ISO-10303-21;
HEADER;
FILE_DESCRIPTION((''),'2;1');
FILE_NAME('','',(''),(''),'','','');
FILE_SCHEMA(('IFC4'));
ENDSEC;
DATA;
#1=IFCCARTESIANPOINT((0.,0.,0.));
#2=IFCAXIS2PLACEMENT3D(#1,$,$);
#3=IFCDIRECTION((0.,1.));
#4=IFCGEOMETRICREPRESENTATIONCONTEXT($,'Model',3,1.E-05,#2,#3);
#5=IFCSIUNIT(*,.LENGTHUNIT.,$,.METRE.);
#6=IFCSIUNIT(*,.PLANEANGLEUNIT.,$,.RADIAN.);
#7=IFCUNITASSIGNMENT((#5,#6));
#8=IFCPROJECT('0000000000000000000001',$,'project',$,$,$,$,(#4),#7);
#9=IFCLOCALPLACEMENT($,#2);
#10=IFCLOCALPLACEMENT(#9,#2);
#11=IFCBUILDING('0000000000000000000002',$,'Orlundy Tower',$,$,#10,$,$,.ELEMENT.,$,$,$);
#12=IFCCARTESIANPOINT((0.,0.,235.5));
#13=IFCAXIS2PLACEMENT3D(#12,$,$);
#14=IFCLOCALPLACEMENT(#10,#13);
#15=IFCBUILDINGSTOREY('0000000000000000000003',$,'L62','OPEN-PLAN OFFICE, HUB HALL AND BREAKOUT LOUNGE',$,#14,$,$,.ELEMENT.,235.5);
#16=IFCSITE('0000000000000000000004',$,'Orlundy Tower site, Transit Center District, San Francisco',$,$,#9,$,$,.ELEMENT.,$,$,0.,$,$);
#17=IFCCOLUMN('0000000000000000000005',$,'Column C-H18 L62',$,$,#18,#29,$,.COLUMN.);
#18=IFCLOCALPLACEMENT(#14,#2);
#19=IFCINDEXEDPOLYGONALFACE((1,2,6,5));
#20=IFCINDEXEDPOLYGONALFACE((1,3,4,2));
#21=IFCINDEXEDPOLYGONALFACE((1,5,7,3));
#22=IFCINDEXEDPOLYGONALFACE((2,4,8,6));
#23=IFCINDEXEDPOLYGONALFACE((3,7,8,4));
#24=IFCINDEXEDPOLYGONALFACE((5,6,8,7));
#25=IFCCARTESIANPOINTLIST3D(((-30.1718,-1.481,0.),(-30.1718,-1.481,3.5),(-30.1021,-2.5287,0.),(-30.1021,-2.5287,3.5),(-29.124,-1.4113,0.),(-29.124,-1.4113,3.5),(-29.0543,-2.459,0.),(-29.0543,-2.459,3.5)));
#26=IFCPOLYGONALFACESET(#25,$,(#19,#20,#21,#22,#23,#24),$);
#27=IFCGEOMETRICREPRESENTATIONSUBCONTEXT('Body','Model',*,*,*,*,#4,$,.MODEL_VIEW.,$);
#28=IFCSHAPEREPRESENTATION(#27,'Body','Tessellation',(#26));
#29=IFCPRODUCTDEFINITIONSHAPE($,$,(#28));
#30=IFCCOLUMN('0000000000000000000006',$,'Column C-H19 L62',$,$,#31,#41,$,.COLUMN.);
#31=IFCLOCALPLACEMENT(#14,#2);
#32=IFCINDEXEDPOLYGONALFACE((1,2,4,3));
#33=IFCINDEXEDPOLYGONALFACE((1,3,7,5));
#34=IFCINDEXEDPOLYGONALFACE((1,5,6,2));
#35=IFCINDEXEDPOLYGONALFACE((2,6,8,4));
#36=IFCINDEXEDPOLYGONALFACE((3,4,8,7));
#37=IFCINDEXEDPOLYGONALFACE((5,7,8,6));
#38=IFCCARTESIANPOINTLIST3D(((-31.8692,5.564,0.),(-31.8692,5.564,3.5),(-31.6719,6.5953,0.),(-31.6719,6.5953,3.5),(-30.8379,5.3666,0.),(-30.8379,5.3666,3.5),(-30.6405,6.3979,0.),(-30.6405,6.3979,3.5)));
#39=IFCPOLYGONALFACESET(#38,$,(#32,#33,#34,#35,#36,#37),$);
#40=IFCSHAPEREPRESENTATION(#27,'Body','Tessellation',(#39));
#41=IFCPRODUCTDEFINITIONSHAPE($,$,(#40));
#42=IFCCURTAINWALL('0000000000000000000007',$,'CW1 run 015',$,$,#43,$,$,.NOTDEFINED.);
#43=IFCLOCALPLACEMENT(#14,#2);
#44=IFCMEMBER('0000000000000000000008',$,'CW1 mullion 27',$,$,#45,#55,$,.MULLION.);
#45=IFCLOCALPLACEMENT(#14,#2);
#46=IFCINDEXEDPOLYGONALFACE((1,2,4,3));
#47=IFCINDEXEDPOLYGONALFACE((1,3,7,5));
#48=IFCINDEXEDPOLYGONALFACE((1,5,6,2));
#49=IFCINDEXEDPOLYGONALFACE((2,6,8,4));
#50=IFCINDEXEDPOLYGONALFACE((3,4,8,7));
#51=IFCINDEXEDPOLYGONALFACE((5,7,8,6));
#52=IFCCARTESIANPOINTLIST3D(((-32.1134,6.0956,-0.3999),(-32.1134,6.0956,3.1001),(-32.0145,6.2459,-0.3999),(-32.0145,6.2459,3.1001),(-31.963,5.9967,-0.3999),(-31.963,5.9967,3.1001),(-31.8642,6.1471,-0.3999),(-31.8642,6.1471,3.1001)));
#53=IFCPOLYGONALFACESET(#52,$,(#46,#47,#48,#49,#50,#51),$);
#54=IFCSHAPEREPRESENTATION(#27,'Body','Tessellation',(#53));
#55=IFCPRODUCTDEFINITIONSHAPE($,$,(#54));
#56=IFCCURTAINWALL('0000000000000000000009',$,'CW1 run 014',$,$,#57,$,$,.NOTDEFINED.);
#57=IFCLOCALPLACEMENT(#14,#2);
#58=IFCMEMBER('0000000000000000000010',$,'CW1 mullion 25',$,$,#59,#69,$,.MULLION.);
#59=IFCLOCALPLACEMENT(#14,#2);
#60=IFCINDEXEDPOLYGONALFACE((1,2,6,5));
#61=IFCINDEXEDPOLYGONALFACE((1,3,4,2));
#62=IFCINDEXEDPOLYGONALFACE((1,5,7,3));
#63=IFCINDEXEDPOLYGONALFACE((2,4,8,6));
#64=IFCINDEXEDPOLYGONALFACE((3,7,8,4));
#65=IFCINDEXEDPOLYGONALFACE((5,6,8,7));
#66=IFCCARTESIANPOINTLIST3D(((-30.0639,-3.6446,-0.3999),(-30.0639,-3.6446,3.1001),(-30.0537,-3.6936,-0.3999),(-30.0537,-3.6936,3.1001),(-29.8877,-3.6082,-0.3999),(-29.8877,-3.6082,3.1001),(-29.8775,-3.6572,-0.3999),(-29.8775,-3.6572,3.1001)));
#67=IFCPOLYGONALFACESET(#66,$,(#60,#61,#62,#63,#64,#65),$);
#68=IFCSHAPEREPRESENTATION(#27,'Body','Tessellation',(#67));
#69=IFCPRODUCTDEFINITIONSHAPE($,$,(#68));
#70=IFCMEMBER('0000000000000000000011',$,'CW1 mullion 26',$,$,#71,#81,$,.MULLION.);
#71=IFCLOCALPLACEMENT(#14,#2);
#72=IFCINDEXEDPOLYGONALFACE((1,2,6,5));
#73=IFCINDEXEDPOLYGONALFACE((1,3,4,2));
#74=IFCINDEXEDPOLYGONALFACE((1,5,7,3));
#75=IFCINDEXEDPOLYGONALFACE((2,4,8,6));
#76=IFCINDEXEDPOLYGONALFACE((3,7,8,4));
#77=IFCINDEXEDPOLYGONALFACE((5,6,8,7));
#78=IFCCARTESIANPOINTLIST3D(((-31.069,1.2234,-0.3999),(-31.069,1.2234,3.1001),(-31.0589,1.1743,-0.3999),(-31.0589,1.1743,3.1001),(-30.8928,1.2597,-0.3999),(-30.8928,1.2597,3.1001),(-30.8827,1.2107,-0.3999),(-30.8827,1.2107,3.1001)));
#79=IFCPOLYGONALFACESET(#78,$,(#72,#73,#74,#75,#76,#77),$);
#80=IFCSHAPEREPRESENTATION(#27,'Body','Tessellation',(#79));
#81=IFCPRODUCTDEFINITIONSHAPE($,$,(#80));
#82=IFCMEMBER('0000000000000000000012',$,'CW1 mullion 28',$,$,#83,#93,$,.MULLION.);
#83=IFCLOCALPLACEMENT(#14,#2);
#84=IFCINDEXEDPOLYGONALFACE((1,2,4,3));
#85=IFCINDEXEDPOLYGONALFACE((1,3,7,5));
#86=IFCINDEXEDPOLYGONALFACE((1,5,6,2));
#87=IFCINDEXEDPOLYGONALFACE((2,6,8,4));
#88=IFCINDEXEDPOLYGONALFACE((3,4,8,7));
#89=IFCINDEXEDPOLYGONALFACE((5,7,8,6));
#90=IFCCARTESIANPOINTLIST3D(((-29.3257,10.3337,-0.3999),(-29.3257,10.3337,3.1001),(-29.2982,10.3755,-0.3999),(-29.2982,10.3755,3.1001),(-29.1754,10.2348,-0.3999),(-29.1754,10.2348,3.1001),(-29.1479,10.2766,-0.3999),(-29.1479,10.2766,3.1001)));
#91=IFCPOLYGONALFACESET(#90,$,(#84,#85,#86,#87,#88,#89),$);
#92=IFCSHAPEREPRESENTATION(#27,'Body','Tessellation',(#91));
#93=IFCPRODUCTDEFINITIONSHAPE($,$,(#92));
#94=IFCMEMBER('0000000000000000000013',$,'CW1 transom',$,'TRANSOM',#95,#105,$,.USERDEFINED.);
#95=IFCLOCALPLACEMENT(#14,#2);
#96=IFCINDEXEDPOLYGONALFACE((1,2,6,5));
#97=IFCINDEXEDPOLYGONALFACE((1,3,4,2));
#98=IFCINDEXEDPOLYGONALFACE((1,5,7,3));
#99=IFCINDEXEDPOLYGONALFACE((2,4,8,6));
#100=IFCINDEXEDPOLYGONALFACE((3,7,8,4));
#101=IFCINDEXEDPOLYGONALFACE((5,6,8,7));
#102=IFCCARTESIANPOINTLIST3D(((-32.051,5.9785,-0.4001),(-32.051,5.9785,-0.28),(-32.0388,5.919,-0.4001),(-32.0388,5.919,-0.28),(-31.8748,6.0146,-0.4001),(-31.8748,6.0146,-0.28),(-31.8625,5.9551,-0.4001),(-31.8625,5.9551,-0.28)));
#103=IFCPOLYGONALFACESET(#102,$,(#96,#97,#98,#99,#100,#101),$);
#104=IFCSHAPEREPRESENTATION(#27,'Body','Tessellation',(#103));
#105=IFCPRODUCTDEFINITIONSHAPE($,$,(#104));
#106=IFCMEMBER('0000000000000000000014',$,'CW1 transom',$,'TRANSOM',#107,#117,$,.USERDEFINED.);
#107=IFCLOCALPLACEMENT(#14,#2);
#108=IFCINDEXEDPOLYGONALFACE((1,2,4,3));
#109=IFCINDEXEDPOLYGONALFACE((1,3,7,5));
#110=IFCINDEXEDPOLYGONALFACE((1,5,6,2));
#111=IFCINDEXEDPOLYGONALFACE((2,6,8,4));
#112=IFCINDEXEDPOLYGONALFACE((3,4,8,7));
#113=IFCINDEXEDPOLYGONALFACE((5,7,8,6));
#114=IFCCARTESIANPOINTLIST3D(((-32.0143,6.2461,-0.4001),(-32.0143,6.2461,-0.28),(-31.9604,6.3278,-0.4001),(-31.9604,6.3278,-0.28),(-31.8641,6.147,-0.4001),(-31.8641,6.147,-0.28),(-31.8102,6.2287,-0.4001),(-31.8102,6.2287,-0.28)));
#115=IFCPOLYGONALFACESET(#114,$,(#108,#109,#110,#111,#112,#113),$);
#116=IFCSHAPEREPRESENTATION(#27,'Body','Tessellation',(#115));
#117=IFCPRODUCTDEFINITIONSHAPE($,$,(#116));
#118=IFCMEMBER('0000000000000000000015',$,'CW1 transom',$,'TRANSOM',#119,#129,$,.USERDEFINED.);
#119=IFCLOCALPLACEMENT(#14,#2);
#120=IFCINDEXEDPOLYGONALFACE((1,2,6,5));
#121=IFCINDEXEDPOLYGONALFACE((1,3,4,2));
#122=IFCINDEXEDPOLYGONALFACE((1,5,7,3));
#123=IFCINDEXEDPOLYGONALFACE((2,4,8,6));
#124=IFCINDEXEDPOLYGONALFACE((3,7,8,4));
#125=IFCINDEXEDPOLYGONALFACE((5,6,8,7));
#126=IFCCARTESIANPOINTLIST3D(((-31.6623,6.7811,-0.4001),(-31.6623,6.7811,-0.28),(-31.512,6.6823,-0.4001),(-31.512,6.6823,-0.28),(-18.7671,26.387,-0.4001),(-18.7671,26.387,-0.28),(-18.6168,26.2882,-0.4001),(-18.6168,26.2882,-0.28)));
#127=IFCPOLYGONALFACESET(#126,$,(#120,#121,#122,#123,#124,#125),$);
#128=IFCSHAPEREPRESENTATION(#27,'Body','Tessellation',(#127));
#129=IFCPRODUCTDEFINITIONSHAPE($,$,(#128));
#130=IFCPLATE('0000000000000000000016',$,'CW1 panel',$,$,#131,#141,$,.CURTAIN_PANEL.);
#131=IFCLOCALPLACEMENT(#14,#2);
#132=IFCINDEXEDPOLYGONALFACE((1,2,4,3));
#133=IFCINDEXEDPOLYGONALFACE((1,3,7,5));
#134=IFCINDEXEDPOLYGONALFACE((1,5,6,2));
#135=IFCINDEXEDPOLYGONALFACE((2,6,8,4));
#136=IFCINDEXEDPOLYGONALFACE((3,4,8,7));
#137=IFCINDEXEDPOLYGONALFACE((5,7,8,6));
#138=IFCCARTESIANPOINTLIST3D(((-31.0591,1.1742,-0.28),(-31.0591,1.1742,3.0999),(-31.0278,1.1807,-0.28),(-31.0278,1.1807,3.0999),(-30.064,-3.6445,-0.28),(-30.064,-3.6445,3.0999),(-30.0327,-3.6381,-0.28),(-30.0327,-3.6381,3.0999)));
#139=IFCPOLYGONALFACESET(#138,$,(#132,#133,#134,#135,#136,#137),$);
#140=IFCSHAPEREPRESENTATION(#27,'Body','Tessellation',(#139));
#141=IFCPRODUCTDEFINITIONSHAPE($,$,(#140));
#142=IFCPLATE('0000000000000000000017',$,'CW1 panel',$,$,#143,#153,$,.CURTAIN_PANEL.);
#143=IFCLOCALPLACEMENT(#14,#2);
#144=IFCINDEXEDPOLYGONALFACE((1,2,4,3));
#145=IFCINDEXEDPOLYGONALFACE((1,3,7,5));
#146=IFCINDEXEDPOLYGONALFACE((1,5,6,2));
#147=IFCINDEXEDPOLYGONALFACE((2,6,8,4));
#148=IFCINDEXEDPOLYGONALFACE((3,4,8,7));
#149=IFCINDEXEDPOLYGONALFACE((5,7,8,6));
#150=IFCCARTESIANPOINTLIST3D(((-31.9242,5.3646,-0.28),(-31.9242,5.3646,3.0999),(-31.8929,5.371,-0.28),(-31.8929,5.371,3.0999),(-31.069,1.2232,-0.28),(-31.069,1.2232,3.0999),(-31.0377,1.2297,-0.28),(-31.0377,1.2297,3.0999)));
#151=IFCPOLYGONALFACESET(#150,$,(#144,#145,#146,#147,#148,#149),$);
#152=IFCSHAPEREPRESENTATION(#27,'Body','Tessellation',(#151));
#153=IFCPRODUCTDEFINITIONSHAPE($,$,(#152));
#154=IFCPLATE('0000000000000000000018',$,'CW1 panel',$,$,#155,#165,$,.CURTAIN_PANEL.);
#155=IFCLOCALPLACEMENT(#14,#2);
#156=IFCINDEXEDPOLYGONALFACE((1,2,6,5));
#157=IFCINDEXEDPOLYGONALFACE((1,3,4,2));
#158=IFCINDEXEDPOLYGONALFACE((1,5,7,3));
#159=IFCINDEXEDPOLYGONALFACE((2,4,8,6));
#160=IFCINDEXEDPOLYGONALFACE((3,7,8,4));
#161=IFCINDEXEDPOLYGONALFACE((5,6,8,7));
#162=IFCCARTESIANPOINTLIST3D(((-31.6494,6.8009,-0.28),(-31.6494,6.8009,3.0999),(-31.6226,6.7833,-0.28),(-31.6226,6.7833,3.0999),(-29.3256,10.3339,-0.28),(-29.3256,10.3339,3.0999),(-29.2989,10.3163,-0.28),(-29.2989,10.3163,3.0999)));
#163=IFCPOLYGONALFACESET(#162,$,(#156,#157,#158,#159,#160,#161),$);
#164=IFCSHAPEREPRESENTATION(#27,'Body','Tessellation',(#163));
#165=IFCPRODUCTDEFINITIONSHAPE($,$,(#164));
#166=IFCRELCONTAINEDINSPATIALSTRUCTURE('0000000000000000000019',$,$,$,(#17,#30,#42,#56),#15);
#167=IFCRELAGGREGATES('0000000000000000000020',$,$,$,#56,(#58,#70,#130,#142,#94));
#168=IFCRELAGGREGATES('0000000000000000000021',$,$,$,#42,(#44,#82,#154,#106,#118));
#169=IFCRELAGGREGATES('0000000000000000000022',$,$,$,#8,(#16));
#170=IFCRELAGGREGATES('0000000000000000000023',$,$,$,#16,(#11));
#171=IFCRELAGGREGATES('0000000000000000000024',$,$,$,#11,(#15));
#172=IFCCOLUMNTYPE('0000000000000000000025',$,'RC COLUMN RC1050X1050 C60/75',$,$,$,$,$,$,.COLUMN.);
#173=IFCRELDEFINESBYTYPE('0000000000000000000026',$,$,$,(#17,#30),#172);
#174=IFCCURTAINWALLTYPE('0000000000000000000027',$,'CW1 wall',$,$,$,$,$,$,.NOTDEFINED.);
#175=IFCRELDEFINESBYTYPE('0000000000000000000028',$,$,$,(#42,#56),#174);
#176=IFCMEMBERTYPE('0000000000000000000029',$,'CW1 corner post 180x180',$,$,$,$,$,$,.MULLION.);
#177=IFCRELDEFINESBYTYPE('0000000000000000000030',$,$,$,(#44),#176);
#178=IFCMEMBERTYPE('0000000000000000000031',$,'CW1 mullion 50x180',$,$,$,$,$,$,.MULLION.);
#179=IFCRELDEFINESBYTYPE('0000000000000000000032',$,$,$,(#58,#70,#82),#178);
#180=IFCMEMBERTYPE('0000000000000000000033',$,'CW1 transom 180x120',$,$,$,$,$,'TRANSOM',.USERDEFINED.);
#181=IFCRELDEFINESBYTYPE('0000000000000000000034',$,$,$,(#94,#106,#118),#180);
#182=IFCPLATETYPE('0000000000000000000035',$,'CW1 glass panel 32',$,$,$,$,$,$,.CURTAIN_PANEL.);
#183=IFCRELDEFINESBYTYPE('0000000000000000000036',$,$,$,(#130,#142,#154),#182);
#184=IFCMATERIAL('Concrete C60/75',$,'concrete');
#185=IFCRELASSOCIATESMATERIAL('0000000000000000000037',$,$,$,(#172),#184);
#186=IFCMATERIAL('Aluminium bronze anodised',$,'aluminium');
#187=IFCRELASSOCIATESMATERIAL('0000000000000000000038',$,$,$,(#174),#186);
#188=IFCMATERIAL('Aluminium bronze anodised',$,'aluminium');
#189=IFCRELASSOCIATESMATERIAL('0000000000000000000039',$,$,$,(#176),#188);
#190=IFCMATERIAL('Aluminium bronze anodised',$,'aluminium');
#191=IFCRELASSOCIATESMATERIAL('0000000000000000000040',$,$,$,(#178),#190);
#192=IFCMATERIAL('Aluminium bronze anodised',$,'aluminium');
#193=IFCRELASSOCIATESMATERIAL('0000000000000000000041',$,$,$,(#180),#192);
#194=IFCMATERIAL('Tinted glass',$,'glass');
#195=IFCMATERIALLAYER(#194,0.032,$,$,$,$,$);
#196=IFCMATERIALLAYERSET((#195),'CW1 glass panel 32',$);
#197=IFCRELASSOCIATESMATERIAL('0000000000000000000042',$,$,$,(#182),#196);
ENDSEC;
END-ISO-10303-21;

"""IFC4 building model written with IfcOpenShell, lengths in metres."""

from ifc_helpers import new_model, si_unit, direction, frame, origin, origin_2d, place, context, subcontext, project, spatial, rectangle, extrude, material, layer, layer_set, material_profile, profile_set, type_object, element, aggregate, save


model = new_model("IFC4")

# Units and contexts
model_context = context("Model", 3, precision=1e-05, world=origin(), true_north=direction((0.0, 1.0)))
body_context = subcontext(model_context, "Body", "Model", "MODEL_VIEW")
ifc_project = project(units=[si_unit("LENGTHUNIT", "METRE"), si_unit("PLANEANGLEUNIT", "RADIAN")], contexts=[model_context])

# Site, building, storey
site_placement = place(None, origin())
site = spatial("IfcSite", under=ifc_project, at=site_placement, Name="Orlundy Tower site, Transit Center District, San Francisco", CompositionType="ELEMENT", RefElevation=0.0)
building_placement = place(site_placement, origin())
building = spatial("IfcBuilding", under=site, at=building_placement, Name="Orlundy Tower", CompositionType="ELEMENT")
storey_placement = place(building_placement, frame((0.0, 0.0, 235.5)))
storey = spatial("IfcBuildingStorey", under=building, at=storey_placement, Name="L62", Description="OPEN-PLAN OFFICE, HUB HALL AND BREAKOUT LOUNGE", CompositionType="ELEMENT", Elevation=235.5)

# Columns
ifc_material_1 = material(Name="Concrete C60/75", Category="concrete")
ifc_material_profile_1 = material_profile(ifc_material_1, rectangle(XDim=1.05, YDim=1.05, at=origin_2d()), Name="RC1050X1050")
ifc_profile_set_1 = profile_set([ifc_material_profile_1], Name="Concrete C60/75")
column_type = type_object("IfcColumnType", Name="RC COLUMN RC1050X1050 C60/75", PredefinedType="COLUMN", material=ifc_profile_set_1)
for number, where, z_axis, x_axis, name in (
    (1, (-29.613, -1.97, 0.0), (0.0, 0.0, 1.0), (-0.997795, -0.066378, 0.0), "Column C-H18 L62"),
    (2, (-31.2549, 5.981, 0.0), (0.0, 0.0, 1.0), (-0.982179, 0.187947, 0.0), "Column C-H19 L62"),
):
    element("IfcColumn", number, at=place(storey_placement, frame(where, z_axis=z_axis, x_axis=x_axis)), inside=storey, type_object=column_type, Name=name, PredefinedType="COLUMN", context=body_context, shape_type="SweptSolid", body=[
        extrude(rectangle(XDim=1.05, YDim=1.05, at=origin_2d()), origin(), (0.0, 0.0, 1.0), 3.5),
    ])

# Curtain wall, member
ifc_material_2 = material(Name="Aluminium bronze anodised", Category="aluminium")
curtain_wall_type = type_object("IfcCurtainWallType", Name="CW1 wall", PredefinedType="NOTDEFINED", material=ifc_material_2)
curtain_wall_1_placement = place(storey_placement, origin())
curtain_wall_1 = element("IfcCurtainWall", 3, at=curtain_wall_1_placement, inside=storey, type_object=curtain_wall_type, Name="CW1 run 015", PredefinedType="NOTDEFINED")
ifc_material_3 = material(Name="Aluminium bronze anodised", Category="aluminium")
ifc_material_profile_2 = material_profile(ifc_material_3, rectangle(XDim=0.1799, YDim=0.1799, at=origin_2d()), Name="CW1 corner post 180x180")
ifc_profile_set_2 = profile_set([ifc_material_profile_2], Name="Aluminium bronze anodised")
member_type_1 = type_object("IfcMemberType", Name="CW1 corner post 180x180", PredefinedType="MULLION", material=ifc_profile_set_2)
member_1_placement = place(storey_placement, frame((-31.9888, 6.1213, -0.3999), z_axis=(0.0, 0.0, 1.0), x_axis=(-0.835482, 0.549517, 0.0)))
member_1 = element("IfcMember", 4, at=member_1_placement, type_object=member_type_1, Name="CW1 mullion 27", PredefinedType="MULLION", context=body_context, shape_type="SweptSolid", body=[
    extrude(rectangle(XDim=0.1799, YDim=0.1799, at=origin_2d()), origin(), (0.0, 0.0, 1.0), 3.5),
])

# Curtain wall, members
curtain_wall_2_placement = place(storey_placement, origin())
curtain_wall_2 = element("IfcCurtainWall", 5, at=curtain_wall_2_placement, inside=storey, type_object=curtain_wall_type, Name="CW1 run 014", PredefinedType="NOTDEFINED")
ifc_material_4 = material(Name="Aluminium bronze anodised", Category="aluminium")
ifc_material_profile_3 = material_profile(ifc_material_4, rectangle(XDim=0.1799, YDim=0.05, at=origin_2d()), Name="CW1 mullion 50x180")
ifc_profile_set_3 = profile_set([ifc_material_profile_3], Name="Aluminium bronze anodised")
member_type_2 = type_object("IfcMemberType", Name="CW1 mullion 50x180", PredefinedType="MULLION", material=ifc_profile_set_3)
member_2_placement = place(storey_placement, frame((-29.9707, -3.6509, -0.3999), z_axis=(0.0, 0.0, 1.0), x_axis=(-0.979337, -0.202233, 0.0)))
member_2 = element("IfcMember", 6, at=member_2_placement, type_object=member_type_2, Name="CW1 mullion 25", PredefinedType="MULLION", context=body_context, shape_type="SweptSolid", body=[
    extrude(rectangle(XDim=0.1799, YDim=0.05, at=origin_2d()), origin(), (0.0, 0.0, 1.0), 3.5),
])
member_3_placement = place(storey_placement, frame((-30.9758, 1.217, -0.3999), z_axis=(0.0, 0.0, 1.0), x_axis=(-0.979337, -0.202233, 0.0)))
member_3 = element("IfcMember", 7, at=member_3_placement, type_object=member_type_2, Name="CW1 mullion 26", PredefinedType="MULLION", context=body_context, shape_type="SweptSolid", body=[
    extrude(rectangle(XDim=0.1799, YDim=0.05, at=origin_2d()), origin(), (0.0, 0.0, 1.0), 3.5),
])

# Members
member_4_placement = place(storey_placement, frame((-29.2368, 10.3052, -0.3999), z_axis=(0.0, 0.0, 1.0), x_axis=(-0.835482, 0.549517, 0.0)))
member_4 = element("IfcMember", 8, at=member_4_placement, type_object=member_type_2, Name="CW1 mullion 28", PredefinedType="MULLION", context=body_context, shape_type="SweptSolid", body=[
    extrude(rectangle(XDim=0.1799, YDim=0.05, at=origin_2d()), origin(), (0.0, 0.0, 1.0), 3.5),
])
ifc_material_5 = material(Name="Aluminium bronze anodised", Category="aluminium")
ifc_material_profile_4 = material_profile(ifc_material_5, rectangle(XDim=0.1799, YDim=0.1201, at=origin_2d()), Name="CW1 transom 180x120")
ifc_profile_set_4 = profile_set([ifc_material_profile_4], Name="Aluminium bronze anodised")
member_type_3 = type_object("IfcMemberType", Name="CW1 transom 180x120", ElementType="TRANSOM", PredefinedType="USERDEFINED", material=ifc_profile_set_4)
member_5_placement = place(storey_placement, frame((-31.9507, 5.937, -0.3401), z_axis=(-0.200747, 0.979643, 0.0), x_axis=(-0.979643, -0.200747, 0.0)))
member_5 = element("IfcMember", 9, at=member_5_placement, type_object=member_type_3, Name="CW1 transom", ObjectType="TRANSOM", PredefinedType="USERDEFINED", context=body_context, shape_type="SweptSolid", body=[
    extrude(rectangle(XDim=0.1799, YDim=0.1201, at=origin_2d()), origin(), (0.0, 0.0, 1.0), 0.0608),
])
member_6_placement = place(storey_placement, frame((-31.9392, 6.1965, -0.3401), z_axis=(0.550669, 0.834724, 0.0), x_axis=(-0.834724, 0.550669, 0.0)))
member_6 = element("IfcMember", 10, at=member_6_placement, type_object=member_type_3, Name="CW1 transom", ObjectType="TRANSOM", PredefinedType="USERDEFINED", context=body_context, shape_type="SweptSolid", body=[
    extrude(rectangle(XDim=0.1799, YDim=0.1201, at=origin_2d()), origin(), (0.0, 0.0, 1.0), 0.0979),
])
member_7_placement = place(storey_placement, frame((-31.5872, 6.7317, -0.3401), z_axis=(0.549516, 0.835483, 0.0), x_axis=(-0.835483, 0.549516, 0.0)))
member_7 = element("IfcMember", 11, at=member_7_placement, type_object=member_type_3, Name="CW1 transom", ObjectType="TRANSOM", PredefinedType="USERDEFINED", context=body_context, shape_type="SweptSolid", body=[
    extrude(rectangle(XDim=0.1799, YDim=0.1201, at=origin_2d()), origin(), (0.0, 0.0, 1.0), 23.4666),
])

# Plates
ifc_material_6 = material(Name="Tinted glass", Category="glass")
ifc_layer_1 = layer(ifc_material_6, 0.032)
ifc_layer_set_1 = layer_set([ifc_layer_1], Name="CW1 glass panel 32")
plate_type = type_object("IfcPlateType", Name="CW1 glass panel 32", PredefinedType="CURTAIN_PANEL", material=ifc_layer_set_1)
plate_1_placement = place(storey_placement, frame((-30.5459, -1.2319, -0.28), z_axis=(0.0, 0.0, 1.0), x_axis=(-0.202233, 0.979337, 0.0)))
plate_1 = element("IfcPlate", 12, at=plate_1_placement, type_object=plate_type, Name="CW1 panel", PredefinedType="CURTAIN_PANEL", context=body_context, shape_type="SweptSolid", body=[
    extrude(rectangle(XDim=4.9204, YDim=0.032, at=origin_2d()), origin(), (0.0, 0.0, 1.0), 3.3799),
])
plate_2_placement = place(storey_placement, frame((-31.481, 3.2971, -0.28), z_axis=(0.0, 0.0, 1.0), x_axis=(-0.202233, 0.979337, 0.0)))
plate_2 = element("IfcPlate", 13, at=plate_2_placement, type_object=plate_type, Name="CW1 panel", PredefinedType="CURTAIN_PANEL", context=body_context, shape_type="SweptSolid", body=[
    extrude(rectangle(XDim=4.2288, YDim=0.032, at=origin_2d()), origin(), (0.0, 0.0, 1.0), 3.3799),
])
aggregate(curtain_wall_2, [member_2, member_3, plate_1, plate_2, member_5])
plate_3_placement = place(storey_placement, frame((-30.4741, 8.5586, -0.28), z_axis=(0.0, 0.0, 1.0), x_axis=(0.549517, 0.835482, 0.0)))
plate_3 = element("IfcPlate", 14, at=plate_3_placement, type_object=plate_type, Name="CW1 panel", PredefinedType="CURTAIN_PANEL", context=body_context, shape_type="SweptSolid", body=[
    extrude(rectangle(XDim=4.2288, YDim=0.032, at=origin_2d()), origin(), (0.0, 0.0, 1.0), 3.3799),
])
aggregate(curtain_wall_1, [member_1, member_4, plate_3, member_6, member_7])

save(model, "model.ifc")
